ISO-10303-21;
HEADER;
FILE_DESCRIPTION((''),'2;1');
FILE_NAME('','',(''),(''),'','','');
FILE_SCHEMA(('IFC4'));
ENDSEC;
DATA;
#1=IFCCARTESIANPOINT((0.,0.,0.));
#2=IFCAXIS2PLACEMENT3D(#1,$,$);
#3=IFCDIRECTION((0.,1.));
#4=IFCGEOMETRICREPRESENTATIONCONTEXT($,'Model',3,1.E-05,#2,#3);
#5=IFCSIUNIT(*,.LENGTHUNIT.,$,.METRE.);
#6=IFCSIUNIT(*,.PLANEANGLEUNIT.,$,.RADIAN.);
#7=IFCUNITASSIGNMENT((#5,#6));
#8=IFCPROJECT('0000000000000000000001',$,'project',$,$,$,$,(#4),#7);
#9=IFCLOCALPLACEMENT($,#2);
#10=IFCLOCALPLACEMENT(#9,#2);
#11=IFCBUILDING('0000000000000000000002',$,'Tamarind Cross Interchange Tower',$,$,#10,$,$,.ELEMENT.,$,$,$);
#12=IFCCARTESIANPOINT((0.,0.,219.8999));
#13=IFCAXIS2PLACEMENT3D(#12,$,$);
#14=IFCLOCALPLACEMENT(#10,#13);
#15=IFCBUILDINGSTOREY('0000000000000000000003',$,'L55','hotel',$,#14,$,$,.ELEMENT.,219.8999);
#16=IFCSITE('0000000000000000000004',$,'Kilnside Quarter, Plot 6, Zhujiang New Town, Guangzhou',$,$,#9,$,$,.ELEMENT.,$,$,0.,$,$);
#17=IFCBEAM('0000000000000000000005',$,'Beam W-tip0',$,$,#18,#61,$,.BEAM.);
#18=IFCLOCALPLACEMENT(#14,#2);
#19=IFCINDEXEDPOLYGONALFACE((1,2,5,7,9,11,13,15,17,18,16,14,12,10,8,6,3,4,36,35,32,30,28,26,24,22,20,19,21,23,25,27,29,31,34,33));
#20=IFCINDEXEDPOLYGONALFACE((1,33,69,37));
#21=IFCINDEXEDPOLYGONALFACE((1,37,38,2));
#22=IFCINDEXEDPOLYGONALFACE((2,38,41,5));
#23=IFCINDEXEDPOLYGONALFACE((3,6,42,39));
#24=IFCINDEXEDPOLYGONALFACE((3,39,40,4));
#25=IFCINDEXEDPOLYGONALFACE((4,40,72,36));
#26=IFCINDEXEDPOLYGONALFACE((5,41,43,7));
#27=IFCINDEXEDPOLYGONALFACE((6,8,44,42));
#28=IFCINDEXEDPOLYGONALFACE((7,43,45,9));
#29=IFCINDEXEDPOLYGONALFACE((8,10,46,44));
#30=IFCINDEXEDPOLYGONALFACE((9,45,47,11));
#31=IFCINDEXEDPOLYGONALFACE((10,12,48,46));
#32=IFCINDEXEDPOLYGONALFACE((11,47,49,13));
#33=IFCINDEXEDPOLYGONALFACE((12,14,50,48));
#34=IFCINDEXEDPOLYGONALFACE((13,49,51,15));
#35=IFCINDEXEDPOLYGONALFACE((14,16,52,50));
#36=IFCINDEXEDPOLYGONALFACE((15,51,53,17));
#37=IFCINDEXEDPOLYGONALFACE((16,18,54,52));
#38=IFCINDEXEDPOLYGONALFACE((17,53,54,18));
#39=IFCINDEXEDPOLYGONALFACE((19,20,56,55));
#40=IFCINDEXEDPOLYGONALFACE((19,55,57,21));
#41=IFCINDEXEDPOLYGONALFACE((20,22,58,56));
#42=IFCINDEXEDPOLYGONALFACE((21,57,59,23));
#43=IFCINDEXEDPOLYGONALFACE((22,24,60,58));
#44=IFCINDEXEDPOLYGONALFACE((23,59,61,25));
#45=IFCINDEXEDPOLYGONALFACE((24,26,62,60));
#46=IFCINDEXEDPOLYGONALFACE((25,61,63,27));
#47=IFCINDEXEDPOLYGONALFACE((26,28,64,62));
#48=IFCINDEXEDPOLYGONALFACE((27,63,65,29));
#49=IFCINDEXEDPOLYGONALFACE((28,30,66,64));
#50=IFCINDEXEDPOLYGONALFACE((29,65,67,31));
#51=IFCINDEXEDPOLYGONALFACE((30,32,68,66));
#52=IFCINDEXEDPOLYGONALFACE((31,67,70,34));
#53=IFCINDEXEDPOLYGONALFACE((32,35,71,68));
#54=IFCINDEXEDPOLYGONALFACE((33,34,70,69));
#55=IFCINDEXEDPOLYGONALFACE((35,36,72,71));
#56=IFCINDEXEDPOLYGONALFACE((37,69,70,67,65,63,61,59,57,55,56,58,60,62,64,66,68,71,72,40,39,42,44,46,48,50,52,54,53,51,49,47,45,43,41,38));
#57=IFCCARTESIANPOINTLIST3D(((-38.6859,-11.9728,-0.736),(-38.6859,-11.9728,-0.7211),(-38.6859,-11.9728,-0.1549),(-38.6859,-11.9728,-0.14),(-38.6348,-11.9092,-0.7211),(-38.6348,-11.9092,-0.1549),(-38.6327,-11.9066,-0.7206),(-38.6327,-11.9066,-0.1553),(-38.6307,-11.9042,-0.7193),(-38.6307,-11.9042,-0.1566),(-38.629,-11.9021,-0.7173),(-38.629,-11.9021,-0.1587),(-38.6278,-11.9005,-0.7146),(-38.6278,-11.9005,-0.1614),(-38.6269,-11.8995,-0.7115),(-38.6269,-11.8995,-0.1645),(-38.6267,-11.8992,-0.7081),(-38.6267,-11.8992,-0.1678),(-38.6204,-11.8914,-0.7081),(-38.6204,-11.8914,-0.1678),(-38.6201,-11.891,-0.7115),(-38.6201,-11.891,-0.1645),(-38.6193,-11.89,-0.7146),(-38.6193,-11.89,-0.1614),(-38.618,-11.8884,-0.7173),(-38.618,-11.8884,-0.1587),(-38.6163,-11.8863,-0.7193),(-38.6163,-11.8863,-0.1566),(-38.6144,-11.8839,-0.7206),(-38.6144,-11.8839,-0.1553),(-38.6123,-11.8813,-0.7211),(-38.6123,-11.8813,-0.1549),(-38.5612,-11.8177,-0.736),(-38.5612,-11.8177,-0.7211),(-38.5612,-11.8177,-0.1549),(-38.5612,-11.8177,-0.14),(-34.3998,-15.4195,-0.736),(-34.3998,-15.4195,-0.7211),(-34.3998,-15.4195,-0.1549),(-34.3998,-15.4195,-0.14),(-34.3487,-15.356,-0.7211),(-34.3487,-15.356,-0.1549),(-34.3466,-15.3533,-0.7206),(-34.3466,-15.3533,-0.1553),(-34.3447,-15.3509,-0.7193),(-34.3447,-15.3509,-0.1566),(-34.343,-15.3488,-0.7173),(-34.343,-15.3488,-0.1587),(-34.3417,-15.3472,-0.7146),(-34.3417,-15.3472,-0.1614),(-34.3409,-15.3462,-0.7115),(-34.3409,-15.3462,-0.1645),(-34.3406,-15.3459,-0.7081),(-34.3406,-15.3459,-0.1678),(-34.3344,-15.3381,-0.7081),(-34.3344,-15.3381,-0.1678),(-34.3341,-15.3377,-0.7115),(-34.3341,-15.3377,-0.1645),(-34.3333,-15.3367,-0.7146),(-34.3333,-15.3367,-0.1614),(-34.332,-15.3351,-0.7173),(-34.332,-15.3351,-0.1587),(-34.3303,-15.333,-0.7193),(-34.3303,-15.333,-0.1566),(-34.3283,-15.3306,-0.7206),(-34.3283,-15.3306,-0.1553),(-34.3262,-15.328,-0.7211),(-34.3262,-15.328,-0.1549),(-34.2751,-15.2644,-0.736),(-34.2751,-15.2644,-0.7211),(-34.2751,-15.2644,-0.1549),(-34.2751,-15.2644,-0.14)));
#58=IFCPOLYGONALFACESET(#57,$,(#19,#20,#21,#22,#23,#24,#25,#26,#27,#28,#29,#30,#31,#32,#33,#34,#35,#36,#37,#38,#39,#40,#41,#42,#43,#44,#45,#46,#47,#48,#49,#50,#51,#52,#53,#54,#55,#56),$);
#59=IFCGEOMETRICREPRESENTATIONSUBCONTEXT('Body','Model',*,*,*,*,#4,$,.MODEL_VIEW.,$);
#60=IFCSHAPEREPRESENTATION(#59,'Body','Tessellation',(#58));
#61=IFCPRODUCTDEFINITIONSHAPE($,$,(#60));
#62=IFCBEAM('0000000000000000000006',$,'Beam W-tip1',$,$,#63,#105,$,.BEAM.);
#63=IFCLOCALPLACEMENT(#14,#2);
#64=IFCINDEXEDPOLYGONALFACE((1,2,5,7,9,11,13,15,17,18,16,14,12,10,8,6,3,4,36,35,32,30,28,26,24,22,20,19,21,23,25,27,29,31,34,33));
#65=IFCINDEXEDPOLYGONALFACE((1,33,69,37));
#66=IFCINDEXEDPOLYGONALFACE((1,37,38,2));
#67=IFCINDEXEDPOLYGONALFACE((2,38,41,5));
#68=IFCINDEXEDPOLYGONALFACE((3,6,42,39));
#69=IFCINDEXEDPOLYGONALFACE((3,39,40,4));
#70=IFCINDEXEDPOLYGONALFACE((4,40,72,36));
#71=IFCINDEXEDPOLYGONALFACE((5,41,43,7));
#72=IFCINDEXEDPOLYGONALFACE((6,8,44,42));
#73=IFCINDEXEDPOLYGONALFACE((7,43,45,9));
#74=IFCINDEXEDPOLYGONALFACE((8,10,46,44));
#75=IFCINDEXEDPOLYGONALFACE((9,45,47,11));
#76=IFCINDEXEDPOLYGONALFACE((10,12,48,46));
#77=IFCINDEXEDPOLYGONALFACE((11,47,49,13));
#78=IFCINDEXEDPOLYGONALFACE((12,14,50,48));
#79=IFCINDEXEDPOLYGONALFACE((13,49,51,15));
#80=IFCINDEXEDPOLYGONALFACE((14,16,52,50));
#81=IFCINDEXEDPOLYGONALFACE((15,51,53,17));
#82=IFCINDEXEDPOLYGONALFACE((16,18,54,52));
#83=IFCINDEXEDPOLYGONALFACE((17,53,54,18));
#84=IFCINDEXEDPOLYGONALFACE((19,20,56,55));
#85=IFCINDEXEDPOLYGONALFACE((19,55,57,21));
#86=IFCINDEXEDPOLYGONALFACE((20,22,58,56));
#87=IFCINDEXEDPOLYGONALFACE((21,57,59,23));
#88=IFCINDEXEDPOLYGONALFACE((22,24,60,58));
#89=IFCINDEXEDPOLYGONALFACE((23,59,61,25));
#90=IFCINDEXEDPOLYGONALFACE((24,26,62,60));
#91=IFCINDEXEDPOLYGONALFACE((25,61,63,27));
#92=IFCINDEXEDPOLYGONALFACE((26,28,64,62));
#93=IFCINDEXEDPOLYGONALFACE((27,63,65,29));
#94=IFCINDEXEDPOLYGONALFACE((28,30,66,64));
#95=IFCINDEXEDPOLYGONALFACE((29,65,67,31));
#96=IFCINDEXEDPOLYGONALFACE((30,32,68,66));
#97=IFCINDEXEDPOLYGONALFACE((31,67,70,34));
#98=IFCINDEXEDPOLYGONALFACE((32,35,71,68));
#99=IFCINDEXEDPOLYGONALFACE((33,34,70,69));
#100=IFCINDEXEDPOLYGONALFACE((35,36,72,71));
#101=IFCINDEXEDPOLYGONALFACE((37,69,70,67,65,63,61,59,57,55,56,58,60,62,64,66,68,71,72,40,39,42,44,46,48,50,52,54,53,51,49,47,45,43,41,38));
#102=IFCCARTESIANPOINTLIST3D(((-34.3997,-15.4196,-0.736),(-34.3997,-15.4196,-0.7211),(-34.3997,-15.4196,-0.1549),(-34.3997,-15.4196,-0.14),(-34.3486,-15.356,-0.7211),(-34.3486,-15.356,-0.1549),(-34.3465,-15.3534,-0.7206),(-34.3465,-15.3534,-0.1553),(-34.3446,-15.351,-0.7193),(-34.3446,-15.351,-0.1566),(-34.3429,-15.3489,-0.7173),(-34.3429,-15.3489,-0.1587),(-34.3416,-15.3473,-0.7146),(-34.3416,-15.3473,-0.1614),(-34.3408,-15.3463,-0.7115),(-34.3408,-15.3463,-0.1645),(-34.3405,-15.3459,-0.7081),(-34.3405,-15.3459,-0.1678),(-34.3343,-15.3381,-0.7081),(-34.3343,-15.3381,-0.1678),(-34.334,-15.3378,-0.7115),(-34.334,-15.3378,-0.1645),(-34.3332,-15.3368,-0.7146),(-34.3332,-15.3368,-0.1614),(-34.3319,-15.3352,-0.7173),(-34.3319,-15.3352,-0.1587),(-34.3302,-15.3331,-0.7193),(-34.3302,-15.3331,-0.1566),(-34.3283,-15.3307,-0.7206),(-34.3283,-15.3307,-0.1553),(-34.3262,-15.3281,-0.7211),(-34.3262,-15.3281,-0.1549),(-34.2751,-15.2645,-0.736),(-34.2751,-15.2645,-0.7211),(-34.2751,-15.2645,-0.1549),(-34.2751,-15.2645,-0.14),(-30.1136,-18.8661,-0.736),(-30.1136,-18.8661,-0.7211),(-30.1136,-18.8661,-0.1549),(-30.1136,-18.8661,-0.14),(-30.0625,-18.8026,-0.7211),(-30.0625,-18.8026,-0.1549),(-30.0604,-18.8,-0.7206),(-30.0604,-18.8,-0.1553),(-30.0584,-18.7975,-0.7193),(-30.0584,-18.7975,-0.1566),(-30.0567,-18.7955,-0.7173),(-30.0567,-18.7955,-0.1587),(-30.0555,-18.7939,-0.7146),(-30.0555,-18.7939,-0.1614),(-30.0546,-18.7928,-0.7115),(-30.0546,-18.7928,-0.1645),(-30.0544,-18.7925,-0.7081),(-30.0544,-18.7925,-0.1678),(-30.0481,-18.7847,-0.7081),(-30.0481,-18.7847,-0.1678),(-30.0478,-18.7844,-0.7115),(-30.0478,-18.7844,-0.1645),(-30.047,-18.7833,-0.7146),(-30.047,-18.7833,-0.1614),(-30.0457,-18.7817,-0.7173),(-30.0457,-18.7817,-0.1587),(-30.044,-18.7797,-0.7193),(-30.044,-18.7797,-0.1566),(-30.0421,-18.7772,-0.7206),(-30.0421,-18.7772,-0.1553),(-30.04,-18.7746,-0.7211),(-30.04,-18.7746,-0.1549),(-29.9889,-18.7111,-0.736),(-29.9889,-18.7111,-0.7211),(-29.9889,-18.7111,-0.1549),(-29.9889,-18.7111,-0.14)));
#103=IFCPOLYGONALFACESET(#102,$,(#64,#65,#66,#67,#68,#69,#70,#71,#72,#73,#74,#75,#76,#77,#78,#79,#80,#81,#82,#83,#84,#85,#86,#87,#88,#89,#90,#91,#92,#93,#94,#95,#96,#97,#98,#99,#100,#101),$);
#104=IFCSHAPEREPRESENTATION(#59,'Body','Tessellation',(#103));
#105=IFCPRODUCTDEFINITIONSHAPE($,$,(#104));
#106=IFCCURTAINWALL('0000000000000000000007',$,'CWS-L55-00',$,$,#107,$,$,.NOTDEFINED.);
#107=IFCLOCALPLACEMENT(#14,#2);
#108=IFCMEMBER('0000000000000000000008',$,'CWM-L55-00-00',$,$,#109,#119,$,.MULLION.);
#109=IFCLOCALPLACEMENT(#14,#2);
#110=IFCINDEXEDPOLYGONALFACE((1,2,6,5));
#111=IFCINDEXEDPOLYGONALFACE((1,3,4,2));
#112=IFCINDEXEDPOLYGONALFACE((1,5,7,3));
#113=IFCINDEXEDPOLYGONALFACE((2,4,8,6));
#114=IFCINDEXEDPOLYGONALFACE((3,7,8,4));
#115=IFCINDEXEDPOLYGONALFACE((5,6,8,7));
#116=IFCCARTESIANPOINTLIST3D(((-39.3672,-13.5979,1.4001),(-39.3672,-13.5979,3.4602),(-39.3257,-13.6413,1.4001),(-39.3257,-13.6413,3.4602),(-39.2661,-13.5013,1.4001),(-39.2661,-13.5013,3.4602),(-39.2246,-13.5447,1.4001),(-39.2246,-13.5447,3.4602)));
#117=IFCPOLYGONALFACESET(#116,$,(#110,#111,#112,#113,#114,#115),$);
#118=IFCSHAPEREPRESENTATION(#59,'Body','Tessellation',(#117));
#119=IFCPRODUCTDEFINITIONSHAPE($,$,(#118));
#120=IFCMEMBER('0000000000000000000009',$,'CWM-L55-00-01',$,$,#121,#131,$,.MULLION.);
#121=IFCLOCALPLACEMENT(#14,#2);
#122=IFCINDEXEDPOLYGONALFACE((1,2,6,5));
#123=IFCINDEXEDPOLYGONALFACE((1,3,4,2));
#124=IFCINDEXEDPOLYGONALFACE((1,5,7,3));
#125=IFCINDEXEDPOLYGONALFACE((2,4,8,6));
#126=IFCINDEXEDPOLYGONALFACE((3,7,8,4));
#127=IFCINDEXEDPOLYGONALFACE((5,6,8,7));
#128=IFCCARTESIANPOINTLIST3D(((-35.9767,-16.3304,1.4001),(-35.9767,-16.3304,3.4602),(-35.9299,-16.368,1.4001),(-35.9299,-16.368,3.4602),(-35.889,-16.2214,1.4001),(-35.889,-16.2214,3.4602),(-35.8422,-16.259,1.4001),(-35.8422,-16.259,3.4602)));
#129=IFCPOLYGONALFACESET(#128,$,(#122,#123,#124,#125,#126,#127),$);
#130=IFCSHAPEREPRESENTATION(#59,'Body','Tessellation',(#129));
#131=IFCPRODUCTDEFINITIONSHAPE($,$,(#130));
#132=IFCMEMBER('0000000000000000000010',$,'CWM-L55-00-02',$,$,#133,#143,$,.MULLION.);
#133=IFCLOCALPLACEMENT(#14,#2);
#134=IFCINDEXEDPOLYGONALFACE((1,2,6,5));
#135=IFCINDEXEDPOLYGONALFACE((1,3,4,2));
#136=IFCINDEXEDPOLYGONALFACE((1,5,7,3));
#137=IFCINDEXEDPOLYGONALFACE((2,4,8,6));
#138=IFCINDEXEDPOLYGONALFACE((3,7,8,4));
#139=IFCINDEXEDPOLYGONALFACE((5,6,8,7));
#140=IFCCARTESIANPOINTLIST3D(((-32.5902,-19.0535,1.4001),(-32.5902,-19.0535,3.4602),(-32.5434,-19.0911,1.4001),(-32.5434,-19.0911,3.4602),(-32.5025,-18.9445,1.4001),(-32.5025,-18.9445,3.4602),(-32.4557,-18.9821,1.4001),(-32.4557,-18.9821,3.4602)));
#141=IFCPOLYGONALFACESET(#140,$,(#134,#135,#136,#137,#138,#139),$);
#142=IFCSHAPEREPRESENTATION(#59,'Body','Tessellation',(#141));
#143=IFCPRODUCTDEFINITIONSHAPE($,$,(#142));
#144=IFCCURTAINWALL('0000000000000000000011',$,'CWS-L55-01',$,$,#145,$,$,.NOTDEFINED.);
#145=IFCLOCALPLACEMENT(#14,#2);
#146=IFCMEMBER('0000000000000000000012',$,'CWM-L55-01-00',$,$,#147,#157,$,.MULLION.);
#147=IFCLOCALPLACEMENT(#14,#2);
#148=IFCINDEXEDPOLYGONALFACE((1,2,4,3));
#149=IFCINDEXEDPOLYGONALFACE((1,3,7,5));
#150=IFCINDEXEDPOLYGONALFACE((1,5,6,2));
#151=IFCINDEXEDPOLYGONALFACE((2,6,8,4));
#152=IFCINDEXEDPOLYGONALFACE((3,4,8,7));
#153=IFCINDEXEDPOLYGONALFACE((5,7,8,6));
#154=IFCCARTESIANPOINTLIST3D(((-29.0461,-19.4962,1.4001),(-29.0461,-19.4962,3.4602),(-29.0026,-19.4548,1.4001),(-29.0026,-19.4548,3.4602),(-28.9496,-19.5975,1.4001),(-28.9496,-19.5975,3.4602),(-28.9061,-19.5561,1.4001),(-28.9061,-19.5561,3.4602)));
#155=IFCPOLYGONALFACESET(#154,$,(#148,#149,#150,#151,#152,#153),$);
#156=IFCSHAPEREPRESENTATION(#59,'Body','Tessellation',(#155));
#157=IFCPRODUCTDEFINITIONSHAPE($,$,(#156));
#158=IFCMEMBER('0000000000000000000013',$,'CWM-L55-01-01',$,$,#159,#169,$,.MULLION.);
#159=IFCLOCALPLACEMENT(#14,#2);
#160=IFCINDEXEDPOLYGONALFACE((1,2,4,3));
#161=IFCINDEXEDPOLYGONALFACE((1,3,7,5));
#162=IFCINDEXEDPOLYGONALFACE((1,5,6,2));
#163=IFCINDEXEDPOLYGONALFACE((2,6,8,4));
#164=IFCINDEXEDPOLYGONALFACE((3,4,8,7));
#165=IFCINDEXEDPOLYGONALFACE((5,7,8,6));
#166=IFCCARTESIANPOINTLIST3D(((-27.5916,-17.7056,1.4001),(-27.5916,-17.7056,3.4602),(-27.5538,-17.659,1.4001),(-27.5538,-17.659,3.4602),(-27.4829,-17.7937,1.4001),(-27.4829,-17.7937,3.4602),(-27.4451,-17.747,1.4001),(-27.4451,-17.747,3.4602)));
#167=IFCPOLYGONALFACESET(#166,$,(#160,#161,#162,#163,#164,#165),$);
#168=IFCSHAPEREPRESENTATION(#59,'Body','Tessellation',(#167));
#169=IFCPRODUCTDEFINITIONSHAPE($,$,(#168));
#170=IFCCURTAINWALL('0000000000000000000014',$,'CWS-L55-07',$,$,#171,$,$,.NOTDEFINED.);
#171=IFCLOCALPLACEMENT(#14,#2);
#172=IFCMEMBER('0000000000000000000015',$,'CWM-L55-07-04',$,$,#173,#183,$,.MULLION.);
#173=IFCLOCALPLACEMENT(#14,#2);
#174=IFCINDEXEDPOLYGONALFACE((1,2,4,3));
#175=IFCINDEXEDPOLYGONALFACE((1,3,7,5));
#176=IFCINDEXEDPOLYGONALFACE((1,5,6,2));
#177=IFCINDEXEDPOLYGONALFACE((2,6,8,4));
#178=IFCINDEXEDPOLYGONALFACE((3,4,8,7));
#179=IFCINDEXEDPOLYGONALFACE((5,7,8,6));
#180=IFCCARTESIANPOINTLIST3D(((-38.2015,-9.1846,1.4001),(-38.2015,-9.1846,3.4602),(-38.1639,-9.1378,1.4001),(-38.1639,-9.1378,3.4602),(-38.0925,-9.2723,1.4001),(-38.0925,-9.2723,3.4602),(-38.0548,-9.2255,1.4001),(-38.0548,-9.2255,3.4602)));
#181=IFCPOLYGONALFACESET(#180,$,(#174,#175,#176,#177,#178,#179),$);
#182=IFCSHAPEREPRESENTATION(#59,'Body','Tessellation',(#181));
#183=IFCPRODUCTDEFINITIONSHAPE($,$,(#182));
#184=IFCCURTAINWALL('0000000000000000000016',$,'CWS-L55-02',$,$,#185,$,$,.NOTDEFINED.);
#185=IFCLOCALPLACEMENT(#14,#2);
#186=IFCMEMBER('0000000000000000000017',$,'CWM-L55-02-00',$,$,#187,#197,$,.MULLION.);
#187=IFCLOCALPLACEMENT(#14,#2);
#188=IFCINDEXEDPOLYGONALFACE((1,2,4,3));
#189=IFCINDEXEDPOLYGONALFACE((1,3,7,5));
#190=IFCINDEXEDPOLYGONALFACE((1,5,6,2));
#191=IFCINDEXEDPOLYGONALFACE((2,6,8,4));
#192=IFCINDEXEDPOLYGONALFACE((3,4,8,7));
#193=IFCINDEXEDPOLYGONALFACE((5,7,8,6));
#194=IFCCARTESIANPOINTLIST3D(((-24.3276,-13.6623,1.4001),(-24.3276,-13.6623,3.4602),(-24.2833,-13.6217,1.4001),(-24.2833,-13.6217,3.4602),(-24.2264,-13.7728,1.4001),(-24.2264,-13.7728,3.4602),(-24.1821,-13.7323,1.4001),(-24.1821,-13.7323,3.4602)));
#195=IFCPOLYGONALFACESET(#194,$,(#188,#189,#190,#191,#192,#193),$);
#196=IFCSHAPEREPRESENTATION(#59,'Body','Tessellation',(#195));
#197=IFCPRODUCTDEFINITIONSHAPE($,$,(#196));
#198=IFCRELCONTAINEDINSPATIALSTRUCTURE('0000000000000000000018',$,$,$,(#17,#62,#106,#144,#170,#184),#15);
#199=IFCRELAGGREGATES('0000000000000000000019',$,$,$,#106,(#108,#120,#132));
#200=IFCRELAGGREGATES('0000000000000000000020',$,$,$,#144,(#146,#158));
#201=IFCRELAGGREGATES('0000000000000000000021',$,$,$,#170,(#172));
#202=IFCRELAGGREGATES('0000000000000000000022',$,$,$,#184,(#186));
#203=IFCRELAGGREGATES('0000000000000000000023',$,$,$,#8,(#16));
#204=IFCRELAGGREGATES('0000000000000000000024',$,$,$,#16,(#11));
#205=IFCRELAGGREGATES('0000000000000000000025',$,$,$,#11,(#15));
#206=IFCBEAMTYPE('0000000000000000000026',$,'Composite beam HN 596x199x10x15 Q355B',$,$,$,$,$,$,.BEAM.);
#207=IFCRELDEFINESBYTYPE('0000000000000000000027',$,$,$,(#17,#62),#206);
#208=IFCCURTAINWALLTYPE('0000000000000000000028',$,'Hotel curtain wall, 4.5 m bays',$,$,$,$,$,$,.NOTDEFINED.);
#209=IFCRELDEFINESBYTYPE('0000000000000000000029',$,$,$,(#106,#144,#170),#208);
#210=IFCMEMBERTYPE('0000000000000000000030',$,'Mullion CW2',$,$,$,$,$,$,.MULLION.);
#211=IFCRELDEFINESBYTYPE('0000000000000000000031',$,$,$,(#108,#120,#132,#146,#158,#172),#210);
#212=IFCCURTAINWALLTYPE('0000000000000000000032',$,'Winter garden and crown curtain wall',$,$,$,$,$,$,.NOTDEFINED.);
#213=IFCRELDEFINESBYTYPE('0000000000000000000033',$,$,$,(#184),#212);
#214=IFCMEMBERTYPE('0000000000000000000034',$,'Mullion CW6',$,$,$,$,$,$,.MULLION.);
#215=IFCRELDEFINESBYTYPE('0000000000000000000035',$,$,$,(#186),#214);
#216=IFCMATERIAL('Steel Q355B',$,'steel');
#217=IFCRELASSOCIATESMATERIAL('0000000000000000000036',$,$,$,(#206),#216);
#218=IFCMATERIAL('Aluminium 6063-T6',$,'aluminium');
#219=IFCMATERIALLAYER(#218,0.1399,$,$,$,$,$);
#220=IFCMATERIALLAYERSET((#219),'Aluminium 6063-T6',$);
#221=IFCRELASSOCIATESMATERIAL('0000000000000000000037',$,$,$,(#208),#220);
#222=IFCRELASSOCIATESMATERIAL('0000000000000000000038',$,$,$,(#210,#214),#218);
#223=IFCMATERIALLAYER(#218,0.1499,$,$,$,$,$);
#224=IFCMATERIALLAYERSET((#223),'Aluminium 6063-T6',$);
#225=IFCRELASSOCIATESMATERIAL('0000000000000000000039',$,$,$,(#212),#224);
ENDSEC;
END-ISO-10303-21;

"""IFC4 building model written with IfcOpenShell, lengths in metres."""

from ifc_helpers import new_model, si_unit, direction, frame, origin, origin_2d, place, context, subcontext, project, spatial, rectangle, i_section, extrude, material, layer, layer_set, material_profile, profile_set, type_object, element, aggregate, save


model = new_model("IFC4")

# Units and contexts
model_context = context("Model", 3, precision=1e-05, world=origin(), true_north=direction((0.0, 1.0)))
body_context = subcontext(model_context, "Body", "Model", "MODEL_VIEW")
ifc_project = project(units=[si_unit("LENGTHUNIT", "METRE"), si_unit("PLANEANGLEUNIT", "RADIAN")], contexts=[model_context])

# Site, building, storey
site_placement = place(None, origin())
site = spatial("IfcSite", under=ifc_project, at=site_placement, Name="Kilnside Quarter, Plot 6, Zhujiang New Town, Guangzhou", CompositionType="ELEMENT", RefElevation=0.0)
building_placement = place(site_placement, origin())
building = spatial("IfcBuilding", under=site, at=building_placement, Name="Tamarind Cross Interchange Tower", CompositionType="ELEMENT")
storey_placement = place(building_placement, frame((0.0, 0.0, 219.8999)))
storey = spatial("IfcBuildingStorey", under=building, at=storey_placement, Name="L55", Description="hotel", CompositionType="ELEMENT", Elevation=219.8999)

# Beams
ifc_material_1 = material(Name="Steel Q355B", Category="steel")
ifc_material_profile_1 = material_profile(ifc_material_1, i_section(OverallWidth=0.199, OverallDepth=0.5959, WebThickness=0.01, FlangeThickness=0.0149, FilletRadius=0.0129, at=origin_2d()), Name="HN 596x199x10x15")
ifc_profile_set_1 = profile_set([ifc_material_profile_1], Name="Steel Q355B")
beam_type_1 = type_object("IfcBeamType", Name="Composite beam HN 596x199x10x15 Q355B", PredefinedType="BEAM", material=ifc_profile_set_1)
for number, where, z_axis, x_axis, name in (
    (1, (-38.6235, -11.8953, -0.438), (0.779281, -0.626674, 0.0), (0.626674, 0.779281, 0.0), "Beam W-tip0"),
    (2, (-34.3374, -15.342, -0.438), (0.779303, -0.626647, 0.0), (0.626647, 0.779303, 0.0), "Beam W-tip1"),
):
    element("IfcBeam", number, at=place(storey_placement, frame(where, z_axis=z_axis, x_axis=x_axis)), inside=storey, type_object=beam_type_1, Name=name, PredefinedType="BEAM", context=body_context, shape_type="SweptSolid", body=[
        extrude(i_section(OverallWidth=0.199, OverallDepth=0.5959, WebThickness=0.01, FlangeThickness=0.0149, FilletRadius=0.0129, at=origin_2d()), origin(), (0.0, 0.0, 1.0), 5.5),
    ])

# Curtain walls, members
ifc_material_2 = material(Name="Aluminium 6063-T6", Category="aluminium")
ifc_layer_1 = layer(ifc_material_2, 0.1399)
ifc_layer_set_1 = layer_set([ifc_layer_1], Name="Aluminium 6063-T6")
curtain_wall_type_1 = type_object("IfcCurtainWallType", Name="Hotel curtain wall, 4.5 m bays", PredefinedType="NOTDEFINED", material=ifc_layer_set_1)
curtain_wall_1_placement = place(storey_placement, origin())
curtain_wall_1 = element("IfcCurtainWall", 3, at=curtain_wall_1_placement, inside=storey, type_object=curtain_wall_type_1, Name="CWS-L55-00", PredefinedType="NOTDEFINED")
ifc_material_profile_2 = material_profile(ifc_material_2, rectangle(XDim=0.0601, YDim=0.1399, at=origin_2d()), Name="Mullion CW2")
ifc_profile_set_2 = profile_set([ifc_material_profile_2], Name="Aluminium 6063-T6")
member_type_1 = type_object("IfcMemberType", Name="Mullion CW2", PredefinedType="MULLION", material=ifc_profile_set_2)
member_1_placement = place(storey_placement, frame((-39.2959, -13.5713, 1.4001), z_axis=(0.0, 0.0, 1.0), x_axis=(0.690822, -0.723025, 0.0)))
member_1 = element("IfcMember", 4, at=member_1_placement, type_object=member_type_1, Name="CWM-L55-00-00", PredefinedType="MULLION", context=body_context, shape_type="SweptSolid", body=[
    extrude(rectangle(XDim=0.0601, YDim=0.1399, at=origin_2d()), origin(), (0.0, 0.0, 1.0), 2.0601),
])
member_2_placement = place(storey_placement, frame((-35.9094, -16.2947, 1.4001), z_axis=(0.0, 0.0, 1.0), x_axis=(0.779285, -0.626669, 0.0)))
member_2 = element("IfcMember", 5, at=member_2_placement, type_object=member_type_1, Name="CWM-L55-00-01", PredefinedType="MULLION", context=body_context, shape_type="SweptSolid", body=[
    extrude(rectangle(XDim=0.0601, YDim=0.1399, at=origin_2d()), origin(), (0.0, 0.0, 1.0), 2.0601),
])
member_3_placement = place(storey_placement, frame((-32.5229, -19.0178, 1.4001), z_axis=(0.0, 0.0, 1.0), x_axis=(0.779285, -0.626669, 0.0)))
member_3 = element("IfcMember", 6, at=member_3_placement, type_object=member_type_1, Name="CWM-L55-00-02", PredefinedType="MULLION", context=body_context, shape_type="SweptSolid", body=[
    extrude(rectangle(XDim=0.0601, YDim=0.1399, at=origin_2d()), origin(), (0.0, 0.0, 1.0), 2.0601),
])
aggregate(curtain_wall_1, [member_1, member_2, member_3])
curtain_wall_2_placement = place(storey_placement, origin())
curtain_wall_2 = element("IfcCurtainWall", 7, at=curtain_wall_2_placement, inside=storey, type_object=curtain_wall_type_1, Name="CWS-L55-01", PredefinedType="NOTDEFINED")
member_4_placement = place(storey_placement, frame((-28.9761, -19.5261, 1.4001), z_axis=(0.0, 0.0, 1.0), x_axis=(0.724239, 0.689549, 0.0)))
member_4 = element("IfcMember", 8, at=member_4_placement, type_object=member_type_1, Name="CWM-L55-01-00", PredefinedType="MULLION", context=body_context, shape_type="SweptSolid", body=[
    extrude(rectangle(XDim=0.0601, YDim=0.1399, at=origin_2d()), origin(), (0.0, 0.0, 1.0), 2.0601),
])
member_5_placement = place(storey_placement, frame((-27.5183, -17.7263, 1.4001), z_axis=(0.0, 0.0, 1.0), x_axis=(0.629406, 0.777077, 0.0)))
member_5 = element("IfcMember", 9, at=member_5_placement, type_object=member_type_1, Name="CWM-L55-01-01", PredefinedType="MULLION", context=body_context, shape_type="SweptSolid", body=[
    extrude(rectangle(XDim=0.0601, YDim=0.1399, at=origin_2d()), origin(), (0.0, 0.0, 1.0), 2.0601),
])
aggregate(curtain_wall_2, [member_4, member_5])

# Curtain walls, members
curtain_wall_3_placement = place(storey_placement, origin())
curtain_wall_3 = element("IfcCurtainWall", 10, at=curtain_wall_3_placement, inside=storey, type_object=curtain_wall_type_1, Name="CWS-L55-07", PredefinedType="NOTDEFINED")
member_6_placement = place(storey_placement, frame((-38.1282, -9.2051, 1.4001), z_axis=(0.0, 0.0, 1.0), x_axis=(-0.626669, -0.779285, 0.0)))
member_6 = element("IfcMember", 11, at=member_6_placement, type_object=member_type_1, Name="CWM-L55-07-04", PredefinedType="MULLION", context=body_context, shape_type="SweptSolid", body=[
    extrude(rectangle(XDim=0.0601, YDim=0.1399, at=origin_2d()), origin(), (0.0, 0.0, 1.0), 2.0601),
])
aggregate(curtain_wall_3, [member_6])
ifc_layer_2 = layer(ifc_material_2, 0.1499)
ifc_layer_set_2 = layer_set([ifc_layer_2], Name="Aluminium 6063-T6")
curtain_wall_type_2 = type_object("IfcCurtainWallType", Name="Winter garden and crown curtain wall", PredefinedType="NOTDEFINED", material=ifc_layer_set_2)
curtain_wall_4_placement = place(storey_placement, origin())
curtain_wall_4 = element("IfcCurtainWall", 12, at=curtain_wall_4_placement, inside=storey, type_object=curtain_wall_type_2, Name="CWS-L55-02", PredefinedType="NOTDEFINED")
ifc_material_profile_3 = material_profile(ifc_material_2, rectangle(XDim=0.0601, YDim=0.1499, at=origin_2d()), Name="Mullion CW6")
ifc_profile_set_3 = profile_set([ifc_material_profile_3], Name="Aluminium 6063-T6")
member_type_2 = type_object("IfcMemberType", Name="Mullion CW6", PredefinedType="MULLION", material=ifc_profile_set_3)
member_7_placement = place(storey_placement, frame((-24.2549, -13.6973, 1.4001), z_axis=(0.0, 0.0, 1.0), x_axis=(0.737559, 0.675282, 0.0)))
member_7 = element("IfcMember", 13, at=member_7_placement, type_object=member_type_2, Name="CWM-L55-02-00", PredefinedType="MULLION", context=body_context, shape_type="SweptSolid", body=[
    extrude(rectangle(XDim=0.0601, YDim=0.1499, at=origin_2d()), origin(), (0.0, 0.0, 1.0), 2.0601),
])
aggregate(curtain_wall_4, [member_7])

save(model, "model.ifc")
